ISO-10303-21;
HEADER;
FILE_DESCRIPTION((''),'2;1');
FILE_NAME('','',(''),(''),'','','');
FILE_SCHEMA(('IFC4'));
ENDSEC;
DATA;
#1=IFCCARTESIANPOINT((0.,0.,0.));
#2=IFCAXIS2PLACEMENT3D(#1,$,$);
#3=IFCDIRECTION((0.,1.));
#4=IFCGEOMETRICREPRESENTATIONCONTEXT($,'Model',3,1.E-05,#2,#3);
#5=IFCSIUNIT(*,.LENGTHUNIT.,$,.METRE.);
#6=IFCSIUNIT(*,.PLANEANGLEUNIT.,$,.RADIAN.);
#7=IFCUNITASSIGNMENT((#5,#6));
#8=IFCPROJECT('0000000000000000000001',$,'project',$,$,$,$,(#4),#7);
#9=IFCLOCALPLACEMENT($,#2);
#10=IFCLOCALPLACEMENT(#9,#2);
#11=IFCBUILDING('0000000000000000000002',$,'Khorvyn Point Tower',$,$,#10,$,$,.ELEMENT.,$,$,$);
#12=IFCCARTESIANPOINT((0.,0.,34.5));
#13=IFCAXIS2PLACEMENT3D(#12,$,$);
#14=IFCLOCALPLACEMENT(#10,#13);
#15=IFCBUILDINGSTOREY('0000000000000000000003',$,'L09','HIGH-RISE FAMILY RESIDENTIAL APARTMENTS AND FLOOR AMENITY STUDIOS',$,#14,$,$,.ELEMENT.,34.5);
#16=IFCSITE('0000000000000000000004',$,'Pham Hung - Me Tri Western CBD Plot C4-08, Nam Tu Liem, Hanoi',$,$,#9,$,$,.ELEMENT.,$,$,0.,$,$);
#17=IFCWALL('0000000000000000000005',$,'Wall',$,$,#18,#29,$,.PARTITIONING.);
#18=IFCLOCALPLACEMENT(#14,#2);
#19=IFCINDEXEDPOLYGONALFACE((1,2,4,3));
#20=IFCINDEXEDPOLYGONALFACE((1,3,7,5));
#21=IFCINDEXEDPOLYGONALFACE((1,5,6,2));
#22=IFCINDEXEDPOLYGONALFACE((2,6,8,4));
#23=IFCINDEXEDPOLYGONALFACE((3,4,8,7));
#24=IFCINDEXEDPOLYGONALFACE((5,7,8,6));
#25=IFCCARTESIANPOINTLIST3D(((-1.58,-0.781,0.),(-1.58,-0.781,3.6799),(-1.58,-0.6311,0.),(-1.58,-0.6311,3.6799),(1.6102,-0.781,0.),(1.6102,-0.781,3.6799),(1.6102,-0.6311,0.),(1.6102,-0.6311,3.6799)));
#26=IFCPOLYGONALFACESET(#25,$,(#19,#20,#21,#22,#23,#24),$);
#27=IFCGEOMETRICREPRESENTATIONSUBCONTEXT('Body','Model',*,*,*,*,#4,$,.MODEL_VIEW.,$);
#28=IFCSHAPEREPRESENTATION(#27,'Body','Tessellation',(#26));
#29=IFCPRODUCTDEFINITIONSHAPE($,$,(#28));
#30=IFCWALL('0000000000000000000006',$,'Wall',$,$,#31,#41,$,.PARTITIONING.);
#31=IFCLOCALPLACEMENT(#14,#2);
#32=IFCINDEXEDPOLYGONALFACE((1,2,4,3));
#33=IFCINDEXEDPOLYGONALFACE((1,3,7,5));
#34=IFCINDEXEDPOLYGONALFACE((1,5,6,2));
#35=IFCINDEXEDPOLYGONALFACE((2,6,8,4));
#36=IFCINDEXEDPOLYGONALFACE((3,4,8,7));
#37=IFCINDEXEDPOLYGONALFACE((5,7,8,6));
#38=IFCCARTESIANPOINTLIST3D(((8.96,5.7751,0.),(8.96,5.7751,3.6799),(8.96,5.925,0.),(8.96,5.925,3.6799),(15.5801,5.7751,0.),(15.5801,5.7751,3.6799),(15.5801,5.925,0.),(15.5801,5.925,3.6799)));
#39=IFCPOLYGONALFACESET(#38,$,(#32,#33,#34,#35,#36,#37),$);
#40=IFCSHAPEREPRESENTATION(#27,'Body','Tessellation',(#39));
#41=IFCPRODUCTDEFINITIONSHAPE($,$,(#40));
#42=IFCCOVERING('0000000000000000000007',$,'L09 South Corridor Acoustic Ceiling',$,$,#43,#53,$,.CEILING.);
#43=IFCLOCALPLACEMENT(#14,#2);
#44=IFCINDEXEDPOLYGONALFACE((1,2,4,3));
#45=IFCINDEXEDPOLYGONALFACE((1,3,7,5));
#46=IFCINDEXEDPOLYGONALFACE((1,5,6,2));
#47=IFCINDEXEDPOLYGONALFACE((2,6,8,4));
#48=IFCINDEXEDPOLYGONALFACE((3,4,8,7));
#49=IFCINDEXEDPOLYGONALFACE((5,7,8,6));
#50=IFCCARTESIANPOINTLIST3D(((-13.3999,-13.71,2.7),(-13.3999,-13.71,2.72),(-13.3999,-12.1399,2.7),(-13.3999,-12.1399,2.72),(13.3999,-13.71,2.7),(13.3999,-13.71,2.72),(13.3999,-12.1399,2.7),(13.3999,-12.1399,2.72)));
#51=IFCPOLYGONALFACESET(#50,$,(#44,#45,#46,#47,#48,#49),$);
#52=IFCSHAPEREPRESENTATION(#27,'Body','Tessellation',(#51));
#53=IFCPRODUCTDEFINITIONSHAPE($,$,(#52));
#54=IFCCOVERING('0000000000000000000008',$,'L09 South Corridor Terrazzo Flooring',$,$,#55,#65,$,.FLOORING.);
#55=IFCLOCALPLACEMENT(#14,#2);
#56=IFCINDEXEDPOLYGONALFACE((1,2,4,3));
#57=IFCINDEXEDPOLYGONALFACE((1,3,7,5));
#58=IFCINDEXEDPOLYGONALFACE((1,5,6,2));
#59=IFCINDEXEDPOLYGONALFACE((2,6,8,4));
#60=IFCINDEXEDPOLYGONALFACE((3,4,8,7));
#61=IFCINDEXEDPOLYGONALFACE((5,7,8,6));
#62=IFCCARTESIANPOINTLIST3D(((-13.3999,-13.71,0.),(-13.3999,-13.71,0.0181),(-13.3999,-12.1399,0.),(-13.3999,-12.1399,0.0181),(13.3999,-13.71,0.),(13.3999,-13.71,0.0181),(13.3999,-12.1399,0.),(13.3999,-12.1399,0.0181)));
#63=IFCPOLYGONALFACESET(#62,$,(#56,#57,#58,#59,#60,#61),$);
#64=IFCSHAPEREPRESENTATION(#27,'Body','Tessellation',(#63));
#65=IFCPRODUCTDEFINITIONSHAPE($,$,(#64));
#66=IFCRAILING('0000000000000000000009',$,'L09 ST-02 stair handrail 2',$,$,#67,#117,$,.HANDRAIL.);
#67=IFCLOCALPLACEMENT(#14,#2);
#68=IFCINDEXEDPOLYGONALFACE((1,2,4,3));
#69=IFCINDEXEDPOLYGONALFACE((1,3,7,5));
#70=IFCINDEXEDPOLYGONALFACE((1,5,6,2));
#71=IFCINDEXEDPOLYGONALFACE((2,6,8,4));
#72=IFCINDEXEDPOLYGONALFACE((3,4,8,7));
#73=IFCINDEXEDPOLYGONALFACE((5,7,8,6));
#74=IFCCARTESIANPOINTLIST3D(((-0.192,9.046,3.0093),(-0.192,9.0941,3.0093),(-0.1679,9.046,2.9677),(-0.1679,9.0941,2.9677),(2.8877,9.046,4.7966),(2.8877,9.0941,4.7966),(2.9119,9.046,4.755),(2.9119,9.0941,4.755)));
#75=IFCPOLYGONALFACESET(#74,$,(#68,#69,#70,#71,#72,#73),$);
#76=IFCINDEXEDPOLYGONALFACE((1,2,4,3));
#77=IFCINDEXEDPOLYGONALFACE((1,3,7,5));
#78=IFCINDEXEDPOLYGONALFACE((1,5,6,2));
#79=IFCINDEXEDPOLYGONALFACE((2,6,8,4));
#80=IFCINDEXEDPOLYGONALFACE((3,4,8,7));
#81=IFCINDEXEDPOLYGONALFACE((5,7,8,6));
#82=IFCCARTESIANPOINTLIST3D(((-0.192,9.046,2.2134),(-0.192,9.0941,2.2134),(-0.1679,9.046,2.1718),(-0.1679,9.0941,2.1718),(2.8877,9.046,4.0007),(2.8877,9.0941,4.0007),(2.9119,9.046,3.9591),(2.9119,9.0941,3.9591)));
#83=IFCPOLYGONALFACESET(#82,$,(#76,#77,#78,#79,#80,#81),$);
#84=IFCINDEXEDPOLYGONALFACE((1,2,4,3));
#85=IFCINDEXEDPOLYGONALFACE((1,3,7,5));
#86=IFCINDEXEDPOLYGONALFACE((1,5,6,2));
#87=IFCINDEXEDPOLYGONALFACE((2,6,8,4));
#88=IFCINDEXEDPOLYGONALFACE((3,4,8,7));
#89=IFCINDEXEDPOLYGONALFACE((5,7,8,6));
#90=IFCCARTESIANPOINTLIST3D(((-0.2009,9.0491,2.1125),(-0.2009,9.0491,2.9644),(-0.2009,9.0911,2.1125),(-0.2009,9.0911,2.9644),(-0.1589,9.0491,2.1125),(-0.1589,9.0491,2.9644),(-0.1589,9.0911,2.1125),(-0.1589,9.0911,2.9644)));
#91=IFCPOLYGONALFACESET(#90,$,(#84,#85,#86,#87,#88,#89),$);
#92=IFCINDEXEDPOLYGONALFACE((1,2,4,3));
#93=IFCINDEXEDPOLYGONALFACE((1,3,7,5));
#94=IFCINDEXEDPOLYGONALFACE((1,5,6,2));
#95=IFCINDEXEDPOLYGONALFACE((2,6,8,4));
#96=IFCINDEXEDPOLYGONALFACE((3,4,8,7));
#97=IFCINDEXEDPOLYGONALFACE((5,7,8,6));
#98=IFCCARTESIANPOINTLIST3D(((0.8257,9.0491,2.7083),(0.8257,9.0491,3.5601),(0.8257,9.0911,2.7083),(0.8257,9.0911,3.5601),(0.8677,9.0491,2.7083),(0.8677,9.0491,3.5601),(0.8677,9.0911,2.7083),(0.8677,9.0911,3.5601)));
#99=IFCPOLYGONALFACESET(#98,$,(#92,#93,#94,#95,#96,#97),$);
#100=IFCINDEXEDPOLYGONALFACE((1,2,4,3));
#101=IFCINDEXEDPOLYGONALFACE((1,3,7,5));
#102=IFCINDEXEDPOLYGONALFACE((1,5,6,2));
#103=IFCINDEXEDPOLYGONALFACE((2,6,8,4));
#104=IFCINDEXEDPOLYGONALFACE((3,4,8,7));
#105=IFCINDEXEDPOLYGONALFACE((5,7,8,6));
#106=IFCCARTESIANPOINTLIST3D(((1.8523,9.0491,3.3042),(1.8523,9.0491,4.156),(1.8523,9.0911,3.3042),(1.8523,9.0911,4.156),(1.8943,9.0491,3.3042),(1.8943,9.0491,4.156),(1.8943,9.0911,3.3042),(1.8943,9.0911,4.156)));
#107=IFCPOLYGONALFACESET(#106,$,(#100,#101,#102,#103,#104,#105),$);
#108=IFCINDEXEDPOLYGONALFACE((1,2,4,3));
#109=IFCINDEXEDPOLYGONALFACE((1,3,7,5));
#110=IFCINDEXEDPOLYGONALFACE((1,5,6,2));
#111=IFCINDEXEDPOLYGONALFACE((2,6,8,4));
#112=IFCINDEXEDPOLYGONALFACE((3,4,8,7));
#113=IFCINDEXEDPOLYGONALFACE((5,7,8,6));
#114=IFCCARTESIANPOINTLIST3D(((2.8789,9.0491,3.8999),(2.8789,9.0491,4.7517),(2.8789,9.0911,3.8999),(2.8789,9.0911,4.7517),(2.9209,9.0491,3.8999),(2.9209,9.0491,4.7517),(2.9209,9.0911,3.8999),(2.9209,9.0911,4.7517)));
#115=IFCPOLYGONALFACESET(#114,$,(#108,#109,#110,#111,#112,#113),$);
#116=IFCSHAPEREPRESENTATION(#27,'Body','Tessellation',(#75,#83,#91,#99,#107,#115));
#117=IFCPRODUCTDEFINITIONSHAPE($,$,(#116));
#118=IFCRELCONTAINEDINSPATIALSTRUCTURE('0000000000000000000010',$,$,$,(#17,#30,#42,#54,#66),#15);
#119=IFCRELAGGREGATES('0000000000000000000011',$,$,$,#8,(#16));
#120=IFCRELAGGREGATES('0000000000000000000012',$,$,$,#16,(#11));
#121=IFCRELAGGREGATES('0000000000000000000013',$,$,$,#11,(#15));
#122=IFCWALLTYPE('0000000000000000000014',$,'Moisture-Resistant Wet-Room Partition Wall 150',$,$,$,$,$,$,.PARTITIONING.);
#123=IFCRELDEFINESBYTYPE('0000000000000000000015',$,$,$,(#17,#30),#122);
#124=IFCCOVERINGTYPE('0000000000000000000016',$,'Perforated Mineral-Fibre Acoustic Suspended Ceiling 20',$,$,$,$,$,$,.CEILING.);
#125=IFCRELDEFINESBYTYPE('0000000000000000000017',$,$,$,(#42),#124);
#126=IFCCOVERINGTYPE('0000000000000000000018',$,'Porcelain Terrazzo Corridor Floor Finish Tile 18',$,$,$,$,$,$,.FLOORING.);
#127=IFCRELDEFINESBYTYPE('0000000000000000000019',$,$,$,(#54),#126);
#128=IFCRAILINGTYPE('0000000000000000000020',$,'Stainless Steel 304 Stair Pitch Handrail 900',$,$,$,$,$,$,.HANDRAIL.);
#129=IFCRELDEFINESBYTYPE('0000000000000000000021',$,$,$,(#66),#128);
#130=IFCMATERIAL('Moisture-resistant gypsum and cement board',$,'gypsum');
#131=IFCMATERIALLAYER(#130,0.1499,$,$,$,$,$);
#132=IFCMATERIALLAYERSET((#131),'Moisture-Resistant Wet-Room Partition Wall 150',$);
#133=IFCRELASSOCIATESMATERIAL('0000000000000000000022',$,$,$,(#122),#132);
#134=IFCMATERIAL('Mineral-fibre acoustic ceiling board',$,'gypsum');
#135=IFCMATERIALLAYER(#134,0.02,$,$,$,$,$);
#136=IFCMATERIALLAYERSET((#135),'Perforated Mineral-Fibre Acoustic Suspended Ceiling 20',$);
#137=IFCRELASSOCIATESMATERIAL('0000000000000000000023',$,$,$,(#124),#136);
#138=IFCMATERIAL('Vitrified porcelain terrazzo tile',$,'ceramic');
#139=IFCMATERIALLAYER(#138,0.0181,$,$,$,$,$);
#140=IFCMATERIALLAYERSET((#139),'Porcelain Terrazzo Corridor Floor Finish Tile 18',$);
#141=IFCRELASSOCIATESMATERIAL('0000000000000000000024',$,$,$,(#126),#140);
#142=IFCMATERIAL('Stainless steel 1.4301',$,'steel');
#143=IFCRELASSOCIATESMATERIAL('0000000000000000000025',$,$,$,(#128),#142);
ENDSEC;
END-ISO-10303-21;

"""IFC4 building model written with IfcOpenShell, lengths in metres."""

from ifc_helpers import new_model, si_unit, direction, frame, frame_2d, origin, origin_2d, place, context, subcontext, project, spatial, polyline, rectangle, outline, extrude, material, layer, layer_set, type_object, element, save


model = new_model("IFC4")

# Units and contexts
model_context = context("Model", 3, precision=1e-05, world=origin(), true_north=direction((0.0, 1.0)))
body_context = subcontext(model_context, "Body", "Model", "MODEL_VIEW")
ifc_project = project(units=[si_unit("LENGTHUNIT", "METRE"), si_unit("PLANEANGLEUNIT", "RADIAN")], contexts=[model_context])

# Site, building, storey
site_placement = place(None, origin())
site = spatial("IfcSite", under=ifc_project, at=site_placement, Name="Pham Hung - Me Tri Western CBD Plot C4-08, Nam Tu Liem, Hanoi", CompositionType="ELEMENT", RefElevation=0.0)
building_placement = place(site_placement, origin())
building = spatial("IfcBuilding", under=site, at=building_placement, Name="Khorvyn Point Tower", CompositionType="ELEMENT")
storey_placement = place(building_placement, frame((0.0, 0.0, 34.5)))
storey = spatial("IfcBuildingStorey", under=building, at=storey_placement, Name="L09", Description="HIGH-RISE FAMILY RESIDENTIAL APARTMENTS AND FLOOR AMENITY STUDIOS", CompositionType="ELEMENT", Elevation=34.5)

# Shared definitions
ifc_material_1 = material(Name="Stainless steel 1.4301", Category="steel")

# Shared definitions
ifc_material_2 = material(Name="Moisture-resistant gypsum and cement board", Category="gypsum")
ifc_layer_1 = layer(ifc_material_2, 0.1499)
ifc_layer_set_1 = layer_set([ifc_layer_1], Name="Moisture-Resistant Wet-Room Partition Wall 150")
wall_type_1 = type_object("IfcWallType", Name="Moisture-Resistant Wet-Room Partition Wall 150", PredefinedType="PARTITIONING", material=ifc_layer_set_1)

# Walls
wall_1_placement = place(storey_placement, frame((-1.5801, -0.7061, 0.0), z_axis=(0.0, 0.0, 1.0), x_axis=(1.0, 0.0, 0.0)))
element("IfcWall", 1, at=wall_1_placement, inside=storey, type_object=wall_type_1, Name="Wall", PredefinedType="PARTITIONING", context=body_context, shape_type="SweptSolid", body=[
    extrude(rectangle(XDim=3.1902, YDim=0.1499, at=frame_2d((1.5952, 0.0))), origin(), (0.0, 0.0, 1.0), 3.6799),
])
wall_2_placement = place(storey_placement, frame((8.96, 5.8501, 0.0), z_axis=(0.0, 0.0, 1.0), x_axis=(1.0, 0.0, 0.0)))
element("IfcWall", 2, at=wall_2_placement, inside=storey, type_object=wall_type_1, Name="Wall", PredefinedType="PARTITIONING", context=body_context, shape_type="SweptSolid", body=[
    extrude(rectangle(XDim=6.6201, YDim=0.1499, at=frame_2d((3.3101, 0.0))), origin(), (0.0, 0.0, 1.0), 3.6799),
])

# Coverings
ifc_material_3 = material(Name="Mineral-fibre acoustic ceiling board", Category="gypsum")
ifc_layer_2 = layer(ifc_material_3, 0.02)
ifc_layer_set_2 = layer_set([ifc_layer_2], Name="Perforated Mineral-Fibre Acoustic Suspended Ceiling 20")
covering_type_1 = type_object("IfcCoveringType", Name="Perforated Mineral-Fibre Acoustic Suspended Ceiling 20", PredefinedType="CEILING", material=ifc_layer_set_2)
covering_1_placement = place(storey_placement, frame((0.0, 0.0, 2.7)))
element("IfcCovering", 3, at=covering_1_placement, inside=storey, type_object=covering_type_1, Name="L09 South Corridor Acoustic Ceiling", PredefinedType="CEILING", context=body_context, shape_type="SweptSolid", body=[
    extrude(outline(polyline([(-13.3999, -13.71), (13.3999, -13.71), (13.3999, -12.1399), (-13.3999, -12.1399), (-13.3999, -13.71)])), origin(), (0.0, 0.0, 1.0), 0.02),
])
ifc_material_4 = material(Name="Vitrified porcelain terrazzo tile", Category="ceramic")
ifc_layer_3 = layer(ifc_material_4, 0.0181)
ifc_layer_set_3 = layer_set([ifc_layer_3], Name="Porcelain Terrazzo Corridor Floor Finish Tile 18")
covering_type_2 = type_object("IfcCoveringType", Name="Porcelain Terrazzo Corridor Floor Finish Tile 18", PredefinedType="FLOORING", material=ifc_layer_set_3)
covering_2_placement = place(storey_placement, origin())
element("IfcCovering", 4, at=covering_2_placement, inside=storey, type_object=covering_type_2, Name="L09 South Corridor Terrazzo Flooring", PredefinedType="FLOORING", context=body_context, shape_type="SweptSolid", body=[
    extrude(outline(polyline([(-13.3999, -13.71), (13.3999, -13.71), (13.3999, -12.1399), (-13.3999, -12.1399), (-13.3999, -13.71)])), origin(), (0.0, 0.0, 1.0), 0.0181),
])

# Railing
railing_type = type_object("IfcRailingType", Name="Stainless Steel 304 Stair Pitch Handrail 900", PredefinedType="HANDRAIL", material=ifc_material_1)
railing_placement = place(storey_placement, frame((-0.1799, 9.0701, 2.1125)))
element("IfcRailing", 5, at=railing_placement, inside=storey, type_object=railing_type, Name="L09 ST-02 stair handrail 2", PredefinedType="HANDRAIL", context=body_context, shape_type="SweptSolid", body=[
    extrude(rectangle(XDim=0.0481, YDim=0.0481, at=origin_2d()), frame((0.0, 0.0, 0.876), z_axis=(0.864903, 0.0, 0.501939), x_axis=(0.0, 1.0, 0.0)), (0.0, 0.0, 1.0), 3.5608),
    extrude(rectangle(XDim=0.0481, YDim=0.0481, at=origin_2d()), frame((0.0, 0.0, 0.0801), z_axis=(0.864903, 0.0, 0.501939), x_axis=(0.0, 1.0, 0.0)), (0.0, 0.0, 1.0), 3.5608),
    extrude(rectangle(XDim=0.042, YDim=0.042, at=origin_2d()), origin(), (0.0, 0.0, 1.0), 0.8518),
    extrude(rectangle(XDim=0.042, YDim=0.042, at=origin_2d()), frame((1.0266, 0.0, 0.5957)), (0.0, 0.0, 1.0), 0.8518),
    extrude(rectangle(XDim=0.042, YDim=0.042, at=origin_2d()), frame((2.0532, 0.0, 1.1917)), (0.0, 0.0, 1.0), 0.8518),
    extrude(rectangle(XDim=0.042, YDim=0.042, at=origin_2d()), frame((3.0798, 0.0, 1.7874)), (0.0, 0.0, 1.0), 0.8518),
])

save(model, "model.ifc")
